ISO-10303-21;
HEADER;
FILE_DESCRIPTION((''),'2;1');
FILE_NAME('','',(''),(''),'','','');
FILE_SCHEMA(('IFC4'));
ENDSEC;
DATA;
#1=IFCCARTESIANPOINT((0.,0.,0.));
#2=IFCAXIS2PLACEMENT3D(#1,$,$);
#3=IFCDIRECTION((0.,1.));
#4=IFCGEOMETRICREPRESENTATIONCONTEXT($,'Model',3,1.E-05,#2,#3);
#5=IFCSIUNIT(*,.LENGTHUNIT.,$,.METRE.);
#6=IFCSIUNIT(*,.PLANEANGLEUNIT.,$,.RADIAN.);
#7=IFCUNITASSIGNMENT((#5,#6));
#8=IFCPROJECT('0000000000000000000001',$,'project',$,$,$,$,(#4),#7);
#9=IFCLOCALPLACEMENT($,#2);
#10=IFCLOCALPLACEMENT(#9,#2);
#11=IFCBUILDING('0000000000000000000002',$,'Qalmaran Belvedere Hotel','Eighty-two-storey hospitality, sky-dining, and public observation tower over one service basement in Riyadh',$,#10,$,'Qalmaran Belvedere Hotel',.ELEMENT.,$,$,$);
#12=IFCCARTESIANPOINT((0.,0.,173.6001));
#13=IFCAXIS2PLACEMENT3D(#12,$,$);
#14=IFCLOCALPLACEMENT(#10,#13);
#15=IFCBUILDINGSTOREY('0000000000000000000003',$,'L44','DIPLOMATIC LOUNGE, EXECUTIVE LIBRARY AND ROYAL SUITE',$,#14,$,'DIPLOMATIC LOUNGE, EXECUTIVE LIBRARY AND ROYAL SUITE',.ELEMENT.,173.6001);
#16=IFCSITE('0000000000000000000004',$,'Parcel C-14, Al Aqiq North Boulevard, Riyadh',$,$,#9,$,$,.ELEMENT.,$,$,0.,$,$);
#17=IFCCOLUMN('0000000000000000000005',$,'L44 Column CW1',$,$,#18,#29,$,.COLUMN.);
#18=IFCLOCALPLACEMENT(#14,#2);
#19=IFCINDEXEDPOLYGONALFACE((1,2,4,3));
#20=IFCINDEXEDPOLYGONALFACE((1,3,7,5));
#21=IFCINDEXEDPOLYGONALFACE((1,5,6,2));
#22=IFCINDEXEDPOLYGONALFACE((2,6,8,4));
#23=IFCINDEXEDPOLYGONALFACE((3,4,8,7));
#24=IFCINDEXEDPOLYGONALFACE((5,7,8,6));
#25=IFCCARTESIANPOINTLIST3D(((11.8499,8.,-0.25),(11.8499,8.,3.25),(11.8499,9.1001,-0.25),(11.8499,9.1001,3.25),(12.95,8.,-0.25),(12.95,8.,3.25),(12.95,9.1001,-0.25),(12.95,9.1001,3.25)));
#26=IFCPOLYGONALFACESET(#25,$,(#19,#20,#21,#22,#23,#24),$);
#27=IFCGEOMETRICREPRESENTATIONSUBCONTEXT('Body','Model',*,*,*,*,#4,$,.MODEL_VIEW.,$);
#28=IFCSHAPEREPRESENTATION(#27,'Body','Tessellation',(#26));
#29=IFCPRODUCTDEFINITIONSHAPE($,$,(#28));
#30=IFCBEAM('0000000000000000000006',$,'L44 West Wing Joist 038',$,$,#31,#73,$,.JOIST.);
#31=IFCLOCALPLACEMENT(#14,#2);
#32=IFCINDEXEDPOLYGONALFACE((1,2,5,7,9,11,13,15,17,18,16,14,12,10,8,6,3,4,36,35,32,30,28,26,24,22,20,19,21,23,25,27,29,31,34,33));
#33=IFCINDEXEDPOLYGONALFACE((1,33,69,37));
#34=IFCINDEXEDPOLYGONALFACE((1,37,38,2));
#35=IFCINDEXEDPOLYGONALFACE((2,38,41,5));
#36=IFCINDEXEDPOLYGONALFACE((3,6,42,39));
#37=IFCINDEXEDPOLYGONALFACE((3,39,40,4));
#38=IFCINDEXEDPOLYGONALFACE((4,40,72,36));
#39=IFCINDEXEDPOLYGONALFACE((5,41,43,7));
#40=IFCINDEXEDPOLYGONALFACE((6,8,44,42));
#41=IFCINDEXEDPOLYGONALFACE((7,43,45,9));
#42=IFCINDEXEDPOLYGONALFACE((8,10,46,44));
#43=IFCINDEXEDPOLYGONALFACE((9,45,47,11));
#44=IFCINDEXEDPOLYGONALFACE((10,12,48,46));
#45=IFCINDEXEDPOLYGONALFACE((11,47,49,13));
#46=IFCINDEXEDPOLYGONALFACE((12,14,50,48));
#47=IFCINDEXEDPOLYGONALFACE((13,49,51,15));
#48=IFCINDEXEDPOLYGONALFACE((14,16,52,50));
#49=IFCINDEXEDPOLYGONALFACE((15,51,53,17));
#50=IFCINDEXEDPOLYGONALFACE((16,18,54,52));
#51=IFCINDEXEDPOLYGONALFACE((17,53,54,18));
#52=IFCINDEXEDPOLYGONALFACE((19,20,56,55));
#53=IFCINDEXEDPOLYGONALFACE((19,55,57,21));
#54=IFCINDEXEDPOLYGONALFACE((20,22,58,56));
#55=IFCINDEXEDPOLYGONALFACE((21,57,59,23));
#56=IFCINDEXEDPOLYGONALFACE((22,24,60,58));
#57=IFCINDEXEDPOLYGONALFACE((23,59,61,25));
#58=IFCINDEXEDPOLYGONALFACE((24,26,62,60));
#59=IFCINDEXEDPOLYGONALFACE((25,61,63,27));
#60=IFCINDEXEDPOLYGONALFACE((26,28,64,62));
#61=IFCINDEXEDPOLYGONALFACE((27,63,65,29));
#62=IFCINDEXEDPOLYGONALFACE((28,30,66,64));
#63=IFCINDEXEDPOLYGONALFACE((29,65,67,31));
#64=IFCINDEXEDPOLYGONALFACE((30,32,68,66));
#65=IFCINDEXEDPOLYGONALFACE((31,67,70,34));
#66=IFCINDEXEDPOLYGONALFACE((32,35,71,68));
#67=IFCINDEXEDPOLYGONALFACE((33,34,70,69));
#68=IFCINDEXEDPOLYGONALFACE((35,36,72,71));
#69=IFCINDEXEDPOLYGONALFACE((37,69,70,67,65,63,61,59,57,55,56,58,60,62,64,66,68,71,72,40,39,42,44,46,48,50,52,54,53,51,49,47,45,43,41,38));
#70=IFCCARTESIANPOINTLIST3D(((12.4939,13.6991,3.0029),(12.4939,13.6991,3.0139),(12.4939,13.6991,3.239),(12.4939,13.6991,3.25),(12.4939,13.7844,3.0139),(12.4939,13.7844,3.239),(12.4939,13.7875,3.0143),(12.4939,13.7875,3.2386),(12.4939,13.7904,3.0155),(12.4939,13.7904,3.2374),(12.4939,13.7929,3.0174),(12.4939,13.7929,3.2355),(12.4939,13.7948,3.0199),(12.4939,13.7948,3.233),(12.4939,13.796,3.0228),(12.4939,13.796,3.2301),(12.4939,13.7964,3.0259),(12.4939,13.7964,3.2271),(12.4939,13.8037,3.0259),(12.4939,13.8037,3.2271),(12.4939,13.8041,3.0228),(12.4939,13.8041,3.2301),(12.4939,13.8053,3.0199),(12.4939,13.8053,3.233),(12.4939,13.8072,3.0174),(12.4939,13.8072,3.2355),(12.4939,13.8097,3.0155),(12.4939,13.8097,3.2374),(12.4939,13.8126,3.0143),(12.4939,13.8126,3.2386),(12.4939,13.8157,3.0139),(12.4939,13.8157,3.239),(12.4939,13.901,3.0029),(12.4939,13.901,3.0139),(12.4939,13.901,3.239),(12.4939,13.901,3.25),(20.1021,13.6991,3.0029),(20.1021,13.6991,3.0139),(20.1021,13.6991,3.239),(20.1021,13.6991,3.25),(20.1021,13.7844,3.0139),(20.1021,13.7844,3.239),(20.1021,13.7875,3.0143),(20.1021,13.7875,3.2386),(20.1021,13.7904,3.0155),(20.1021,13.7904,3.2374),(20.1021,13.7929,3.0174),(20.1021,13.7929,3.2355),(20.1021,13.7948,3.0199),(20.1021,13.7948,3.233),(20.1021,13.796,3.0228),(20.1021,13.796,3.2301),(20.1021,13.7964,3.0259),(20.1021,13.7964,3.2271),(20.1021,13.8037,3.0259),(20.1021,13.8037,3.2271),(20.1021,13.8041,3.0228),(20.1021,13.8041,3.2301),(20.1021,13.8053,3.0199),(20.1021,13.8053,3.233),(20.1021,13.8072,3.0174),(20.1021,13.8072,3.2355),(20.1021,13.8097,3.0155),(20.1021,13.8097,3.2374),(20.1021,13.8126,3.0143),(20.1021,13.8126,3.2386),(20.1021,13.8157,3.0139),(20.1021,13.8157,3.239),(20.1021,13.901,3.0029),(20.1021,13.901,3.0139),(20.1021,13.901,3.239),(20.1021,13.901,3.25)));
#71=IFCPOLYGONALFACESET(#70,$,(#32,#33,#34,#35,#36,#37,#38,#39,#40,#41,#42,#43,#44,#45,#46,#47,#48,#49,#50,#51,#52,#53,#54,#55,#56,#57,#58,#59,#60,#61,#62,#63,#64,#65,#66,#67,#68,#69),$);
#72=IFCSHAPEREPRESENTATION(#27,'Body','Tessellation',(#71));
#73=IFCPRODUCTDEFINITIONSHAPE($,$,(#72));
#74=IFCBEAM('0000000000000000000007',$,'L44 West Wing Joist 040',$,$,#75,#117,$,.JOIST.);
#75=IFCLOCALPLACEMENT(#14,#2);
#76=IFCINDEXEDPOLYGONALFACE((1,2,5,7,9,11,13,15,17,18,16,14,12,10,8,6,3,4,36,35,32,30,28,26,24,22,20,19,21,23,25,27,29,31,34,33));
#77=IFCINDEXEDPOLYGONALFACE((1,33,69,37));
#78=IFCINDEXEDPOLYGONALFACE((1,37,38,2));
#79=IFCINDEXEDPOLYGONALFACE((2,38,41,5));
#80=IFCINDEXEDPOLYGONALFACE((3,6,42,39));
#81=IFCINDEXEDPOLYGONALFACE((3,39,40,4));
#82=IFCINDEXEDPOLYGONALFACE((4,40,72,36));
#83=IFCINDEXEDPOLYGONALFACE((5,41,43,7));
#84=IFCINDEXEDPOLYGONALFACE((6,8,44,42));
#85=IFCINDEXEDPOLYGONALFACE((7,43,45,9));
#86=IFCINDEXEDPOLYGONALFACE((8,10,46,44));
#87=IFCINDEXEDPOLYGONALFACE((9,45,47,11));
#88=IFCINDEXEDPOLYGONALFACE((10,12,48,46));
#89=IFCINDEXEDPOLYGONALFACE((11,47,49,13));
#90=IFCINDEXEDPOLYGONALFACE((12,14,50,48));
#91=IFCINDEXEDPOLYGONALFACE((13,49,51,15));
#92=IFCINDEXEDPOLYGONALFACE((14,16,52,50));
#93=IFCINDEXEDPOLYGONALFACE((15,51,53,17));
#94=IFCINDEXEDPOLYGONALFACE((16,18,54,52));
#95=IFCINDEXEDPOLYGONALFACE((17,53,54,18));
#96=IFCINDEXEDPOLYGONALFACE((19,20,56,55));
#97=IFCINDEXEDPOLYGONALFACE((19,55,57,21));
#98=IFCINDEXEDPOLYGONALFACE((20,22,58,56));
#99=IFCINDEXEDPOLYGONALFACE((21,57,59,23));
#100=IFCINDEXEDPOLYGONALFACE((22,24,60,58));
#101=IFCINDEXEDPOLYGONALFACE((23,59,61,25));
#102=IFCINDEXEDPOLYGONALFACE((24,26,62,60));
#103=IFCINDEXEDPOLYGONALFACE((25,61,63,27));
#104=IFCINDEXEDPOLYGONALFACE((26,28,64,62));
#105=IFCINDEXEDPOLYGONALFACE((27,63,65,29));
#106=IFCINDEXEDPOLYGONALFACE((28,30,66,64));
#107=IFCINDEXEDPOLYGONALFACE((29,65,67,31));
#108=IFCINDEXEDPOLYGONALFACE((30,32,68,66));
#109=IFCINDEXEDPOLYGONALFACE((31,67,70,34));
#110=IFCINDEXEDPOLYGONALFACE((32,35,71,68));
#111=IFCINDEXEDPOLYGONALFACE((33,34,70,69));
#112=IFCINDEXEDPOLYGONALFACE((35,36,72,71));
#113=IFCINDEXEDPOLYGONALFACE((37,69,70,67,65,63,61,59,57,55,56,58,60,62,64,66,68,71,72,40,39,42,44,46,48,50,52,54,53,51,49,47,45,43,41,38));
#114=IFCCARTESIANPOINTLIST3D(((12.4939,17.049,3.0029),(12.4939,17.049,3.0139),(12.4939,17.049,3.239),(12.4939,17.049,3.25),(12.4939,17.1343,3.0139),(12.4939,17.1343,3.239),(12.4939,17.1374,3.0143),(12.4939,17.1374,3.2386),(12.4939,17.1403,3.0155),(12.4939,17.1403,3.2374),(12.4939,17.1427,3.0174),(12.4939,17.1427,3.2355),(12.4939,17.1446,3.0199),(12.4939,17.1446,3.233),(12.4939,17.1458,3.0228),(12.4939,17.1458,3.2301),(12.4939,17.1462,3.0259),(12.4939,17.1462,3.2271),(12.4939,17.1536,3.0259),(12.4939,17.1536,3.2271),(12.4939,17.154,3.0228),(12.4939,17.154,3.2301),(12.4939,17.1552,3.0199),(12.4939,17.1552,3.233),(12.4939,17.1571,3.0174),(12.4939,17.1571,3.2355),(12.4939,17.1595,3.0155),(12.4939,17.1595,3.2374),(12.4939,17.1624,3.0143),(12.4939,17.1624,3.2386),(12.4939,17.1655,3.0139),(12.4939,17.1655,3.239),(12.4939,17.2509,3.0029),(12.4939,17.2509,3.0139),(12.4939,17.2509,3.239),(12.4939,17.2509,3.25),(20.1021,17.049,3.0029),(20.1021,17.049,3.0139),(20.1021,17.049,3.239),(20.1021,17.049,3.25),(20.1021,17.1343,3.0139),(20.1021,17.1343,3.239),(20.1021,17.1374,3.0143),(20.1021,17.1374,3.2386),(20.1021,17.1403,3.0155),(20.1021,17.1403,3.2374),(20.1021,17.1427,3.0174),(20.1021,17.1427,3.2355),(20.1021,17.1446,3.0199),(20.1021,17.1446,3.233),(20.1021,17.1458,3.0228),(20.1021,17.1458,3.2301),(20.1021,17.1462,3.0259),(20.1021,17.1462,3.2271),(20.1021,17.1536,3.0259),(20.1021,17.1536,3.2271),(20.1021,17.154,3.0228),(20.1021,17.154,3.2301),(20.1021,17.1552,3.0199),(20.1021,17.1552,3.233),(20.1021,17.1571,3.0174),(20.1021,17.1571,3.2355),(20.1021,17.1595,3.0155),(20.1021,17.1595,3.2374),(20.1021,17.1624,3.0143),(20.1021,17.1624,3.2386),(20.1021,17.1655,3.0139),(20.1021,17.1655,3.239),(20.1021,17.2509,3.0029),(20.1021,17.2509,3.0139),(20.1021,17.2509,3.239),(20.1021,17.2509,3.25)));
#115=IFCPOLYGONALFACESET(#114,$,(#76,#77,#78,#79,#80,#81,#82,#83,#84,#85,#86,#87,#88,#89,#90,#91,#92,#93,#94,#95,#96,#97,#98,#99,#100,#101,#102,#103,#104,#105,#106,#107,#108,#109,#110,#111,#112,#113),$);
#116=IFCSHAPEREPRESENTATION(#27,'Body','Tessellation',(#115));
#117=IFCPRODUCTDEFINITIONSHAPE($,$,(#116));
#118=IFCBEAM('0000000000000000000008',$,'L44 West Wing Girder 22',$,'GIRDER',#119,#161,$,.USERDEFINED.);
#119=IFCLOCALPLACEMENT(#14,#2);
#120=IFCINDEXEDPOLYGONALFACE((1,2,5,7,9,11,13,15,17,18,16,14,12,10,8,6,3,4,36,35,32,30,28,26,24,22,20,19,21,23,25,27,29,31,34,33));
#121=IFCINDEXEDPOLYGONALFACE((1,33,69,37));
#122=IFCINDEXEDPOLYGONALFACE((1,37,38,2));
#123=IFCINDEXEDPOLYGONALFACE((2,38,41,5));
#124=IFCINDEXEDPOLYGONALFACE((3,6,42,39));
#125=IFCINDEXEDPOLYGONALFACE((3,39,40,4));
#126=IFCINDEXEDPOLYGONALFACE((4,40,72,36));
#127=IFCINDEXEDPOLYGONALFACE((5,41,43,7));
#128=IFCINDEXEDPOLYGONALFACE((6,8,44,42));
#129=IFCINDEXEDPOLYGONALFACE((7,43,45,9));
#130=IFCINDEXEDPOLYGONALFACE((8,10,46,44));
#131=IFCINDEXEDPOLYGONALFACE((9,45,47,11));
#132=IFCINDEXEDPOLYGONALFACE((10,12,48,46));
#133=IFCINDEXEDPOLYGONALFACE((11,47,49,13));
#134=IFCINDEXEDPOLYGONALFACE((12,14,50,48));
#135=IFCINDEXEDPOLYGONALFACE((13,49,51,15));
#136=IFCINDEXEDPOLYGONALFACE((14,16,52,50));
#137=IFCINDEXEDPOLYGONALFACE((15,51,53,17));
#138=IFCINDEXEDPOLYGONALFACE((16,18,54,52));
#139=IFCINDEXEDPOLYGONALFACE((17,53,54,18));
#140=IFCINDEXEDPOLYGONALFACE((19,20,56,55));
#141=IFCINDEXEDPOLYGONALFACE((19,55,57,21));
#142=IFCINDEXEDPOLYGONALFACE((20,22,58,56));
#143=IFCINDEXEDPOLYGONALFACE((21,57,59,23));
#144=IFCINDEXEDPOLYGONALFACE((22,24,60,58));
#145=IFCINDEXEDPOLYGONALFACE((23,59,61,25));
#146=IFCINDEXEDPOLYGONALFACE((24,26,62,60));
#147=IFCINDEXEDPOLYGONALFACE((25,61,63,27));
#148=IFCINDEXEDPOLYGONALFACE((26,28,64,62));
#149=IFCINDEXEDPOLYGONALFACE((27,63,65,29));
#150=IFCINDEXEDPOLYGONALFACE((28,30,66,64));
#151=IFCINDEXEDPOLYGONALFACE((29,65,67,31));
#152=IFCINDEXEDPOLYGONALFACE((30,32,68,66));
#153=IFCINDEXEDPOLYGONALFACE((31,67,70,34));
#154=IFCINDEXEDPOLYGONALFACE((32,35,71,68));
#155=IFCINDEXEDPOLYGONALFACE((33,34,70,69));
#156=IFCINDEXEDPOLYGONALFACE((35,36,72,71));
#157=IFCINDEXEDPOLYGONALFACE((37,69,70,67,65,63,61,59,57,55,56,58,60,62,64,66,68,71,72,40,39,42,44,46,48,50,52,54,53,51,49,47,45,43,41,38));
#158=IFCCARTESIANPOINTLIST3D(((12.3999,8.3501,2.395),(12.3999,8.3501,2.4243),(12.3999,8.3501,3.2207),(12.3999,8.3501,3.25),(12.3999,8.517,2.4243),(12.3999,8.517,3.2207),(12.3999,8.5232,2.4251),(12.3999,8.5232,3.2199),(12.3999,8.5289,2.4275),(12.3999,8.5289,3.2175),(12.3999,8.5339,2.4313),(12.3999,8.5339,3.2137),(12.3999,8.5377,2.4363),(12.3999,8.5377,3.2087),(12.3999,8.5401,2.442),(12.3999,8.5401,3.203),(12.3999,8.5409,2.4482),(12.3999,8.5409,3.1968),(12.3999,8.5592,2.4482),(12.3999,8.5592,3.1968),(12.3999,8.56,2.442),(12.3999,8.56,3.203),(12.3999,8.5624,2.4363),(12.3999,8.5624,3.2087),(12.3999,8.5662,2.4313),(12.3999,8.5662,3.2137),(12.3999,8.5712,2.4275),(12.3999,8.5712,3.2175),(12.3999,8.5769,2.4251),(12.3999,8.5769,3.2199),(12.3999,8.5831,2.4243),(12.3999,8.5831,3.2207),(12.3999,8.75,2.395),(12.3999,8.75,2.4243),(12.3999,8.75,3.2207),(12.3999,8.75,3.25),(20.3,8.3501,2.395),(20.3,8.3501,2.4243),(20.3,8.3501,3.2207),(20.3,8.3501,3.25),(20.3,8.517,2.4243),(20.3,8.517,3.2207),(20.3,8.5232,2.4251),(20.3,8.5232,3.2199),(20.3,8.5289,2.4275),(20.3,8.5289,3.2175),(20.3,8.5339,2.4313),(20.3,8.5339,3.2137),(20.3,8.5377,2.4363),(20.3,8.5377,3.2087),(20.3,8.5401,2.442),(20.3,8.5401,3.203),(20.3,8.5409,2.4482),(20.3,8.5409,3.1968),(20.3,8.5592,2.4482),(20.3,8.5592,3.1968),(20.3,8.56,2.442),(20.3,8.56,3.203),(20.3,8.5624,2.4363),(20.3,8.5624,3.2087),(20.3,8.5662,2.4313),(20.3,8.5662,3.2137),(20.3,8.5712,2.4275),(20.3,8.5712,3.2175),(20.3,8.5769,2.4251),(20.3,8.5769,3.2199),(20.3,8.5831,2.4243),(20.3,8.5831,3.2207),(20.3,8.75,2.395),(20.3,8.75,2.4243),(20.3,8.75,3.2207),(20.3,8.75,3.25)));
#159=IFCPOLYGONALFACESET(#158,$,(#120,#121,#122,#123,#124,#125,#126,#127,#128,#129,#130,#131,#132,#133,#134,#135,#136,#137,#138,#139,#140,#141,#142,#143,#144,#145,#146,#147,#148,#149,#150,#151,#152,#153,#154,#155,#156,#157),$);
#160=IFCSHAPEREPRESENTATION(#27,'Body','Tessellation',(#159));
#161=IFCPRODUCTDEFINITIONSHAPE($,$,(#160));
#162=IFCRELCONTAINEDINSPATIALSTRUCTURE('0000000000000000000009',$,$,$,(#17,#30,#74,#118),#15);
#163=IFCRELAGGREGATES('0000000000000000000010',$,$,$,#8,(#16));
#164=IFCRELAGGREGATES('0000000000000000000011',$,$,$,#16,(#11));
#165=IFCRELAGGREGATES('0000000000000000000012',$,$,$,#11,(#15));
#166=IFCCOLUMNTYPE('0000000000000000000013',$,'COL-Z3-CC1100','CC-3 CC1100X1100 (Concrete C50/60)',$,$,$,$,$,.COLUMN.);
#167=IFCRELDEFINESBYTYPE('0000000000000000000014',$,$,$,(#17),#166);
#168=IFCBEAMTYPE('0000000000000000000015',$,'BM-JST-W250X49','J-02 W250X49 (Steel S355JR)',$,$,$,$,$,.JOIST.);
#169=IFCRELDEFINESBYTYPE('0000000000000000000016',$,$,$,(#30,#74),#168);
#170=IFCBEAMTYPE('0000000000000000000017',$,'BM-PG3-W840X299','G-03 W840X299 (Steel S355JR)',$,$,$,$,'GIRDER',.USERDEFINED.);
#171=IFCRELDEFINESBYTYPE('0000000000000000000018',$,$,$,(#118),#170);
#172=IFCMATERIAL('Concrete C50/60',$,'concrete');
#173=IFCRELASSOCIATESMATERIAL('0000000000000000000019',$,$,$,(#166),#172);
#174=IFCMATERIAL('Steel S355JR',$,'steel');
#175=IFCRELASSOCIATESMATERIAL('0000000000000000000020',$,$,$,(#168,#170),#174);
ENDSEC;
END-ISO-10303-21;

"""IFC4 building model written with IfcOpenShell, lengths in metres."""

from ifc_helpers import new_model, si_unit, direction, frame, origin, origin_2d, place, context, subcontext, project, spatial, rectangle, i_section, extrude, material, material_profile, profile_set, type_object, element, save


model = new_model("IFC4")

# Units and contexts
model_context = context("Model", 3, precision=1e-05, world=origin(), true_north=direction((0.0, 1.0)))
body_context = subcontext(model_context, "Body", "Model", "MODEL_VIEW")
ifc_project = project(units=[si_unit("LENGTHUNIT", "METRE"), si_unit("PLANEANGLEUNIT", "RADIAN")], contexts=[model_context])

# Site, building, storey
site_placement = place(None, origin())
site = spatial("IfcSite", under=ifc_project, at=site_placement, Name="Parcel C-14, Al Aqiq North Boulevard, Riyadh", CompositionType="ELEMENT", RefElevation=0.0)
building_placement = place(site_placement, origin())
building = spatial("IfcBuilding", under=site, at=building_placement, Name="Qalmaran Belvedere Hotel", Description="Eighty-two-storey hospitality, sky-dining, and public observation tower over one service basement in Riyadh", LongName="Qalmaran Belvedere Hotel", CompositionType="ELEMENT")
storey_placement = place(building_placement, frame((0.0, 0.0, 173.6001)))
storey = spatial("IfcBuildingStorey", under=building, at=storey_placement, Name="L44", Description="DIPLOMATIC LOUNGE, EXECUTIVE LIBRARY AND ROYAL SUITE", LongName="DIPLOMATIC LOUNGE, EXECUTIVE LIBRARY AND ROYAL SUITE", CompositionType="ELEMENT", Elevation=173.6001)

# Column
ifc_material_1 = material(Name="Concrete C50/60", Category="concrete")
ifc_material_profile_1 = material_profile(ifc_material_1, rectangle(XDim=1.1001, YDim=1.1001, at=origin_2d()), Name="CC1100X1100")
ifc_profile_set_1 = profile_set([ifc_material_profile_1], Name="Concrete C50/60")
column_type = type_object("IfcColumnType", Name="COL-Z3-CC1100", Description="CC-3 CC1100X1100 (Concrete C50/60)", PredefinedType="COLUMN", material=ifc_profile_set_1)
column_placement = place(storey_placement, frame((12.3999, 8.55, -0.25), z_axis=(0.0, 0.0, 1.0), x_axis=(1.0, 0.0, 0.0)))
element("IfcColumn", 1, at=column_placement, inside=storey, type_object=column_type, Name="L44 Column CW1", PredefinedType="COLUMN", context=body_context, shape_type="SweptSolid", body=[
    extrude(rectangle(XDim=1.1001, YDim=1.1001, at=origin_2d()), origin(), (0.0, 0.0, 1.0), 3.5),
])

# Beams
ifc_material_2 = material(Name="Steel S355JR", Category="steel")
ifc_material_profile_2 = material_profile(ifc_material_2, i_section(OverallWidth=0.2019, OverallDepth=0.2471, WebThickness=0.0073, FlangeThickness=0.011, FilletRadius=0.012, at=origin_2d()), Name="W250X49")
ifc_profile_set_2 = profile_set([ifc_material_profile_2], Name="Steel S355JR")
beam_type_1 = type_object("IfcBeamType", Name="BM-JST-W250X49", Description="J-02 W250X49 (Steel S355JR)", PredefinedType="JOIST", material=ifc_profile_set_2)
for number, where, z_axis, x_axis, name in (
    (2, (12.4939, 13.8, 3.1265), (1.0, 0.0, 0.0), (0.0, 1.0, 0.0), "L44 West Wing Joist 038"),
    (3, (12.4939, 17.1499, 3.1265), (1.0, 0.0, 0.0), (0.0, 1.0, 0.0), "L44 West Wing Joist 040"),
):
    element("IfcBeam", number, at=place(storey_placement, frame(where, z_axis=z_axis, x_axis=x_axis)), inside=storey, type_object=beam_type_1, Name=name, PredefinedType="JOIST", context=body_context, shape_type="SweptSolid", body=[
        extrude(i_section(OverallWidth=0.2019, OverallDepth=0.2471, WebThickness=0.0073, FlangeThickness=0.011, FilletRadius=0.012, at=origin_2d()), origin(), (0.0, 0.0, 1.0), 7.6082),
    ])
ifc_material_profile_3 = material_profile(ifc_material_2, i_section(OverallWidth=0.3999, OverallDepth=0.855, WebThickness=0.0183, FlangeThickness=0.0293, FilletRadius=0.0239, at=origin_2d()), Name="W840X299")
ifc_profile_set_3 = profile_set([ifc_material_profile_3], Name="Steel S355JR")
beam_type_2 = type_object("IfcBeamType", Name="BM-PG3-W840X299", Description="G-03 W840X299 (Steel S355JR)", ElementType="GIRDER", PredefinedType="USERDEFINED", material=ifc_profile_set_3)
beam_1_placement = place(storey_placement, frame((12.3999, 8.55, 2.8225), z_axis=(1.0, 0.0, 0.0), x_axis=(0.0, 1.0, 0.0)))
element("IfcBeam", 4, at=beam_1_placement, inside=storey, type_object=beam_type_2, Name="L44 West Wing Girder 22", ObjectType="GIRDER", PredefinedType="USERDEFINED", context=body_context, shape_type="SweptSolid", body=[
    extrude(i_section(OverallWidth=0.3999, OverallDepth=0.855, WebThickness=0.0183, FlangeThickness=0.0293, FilletRadius=0.0239, at=origin_2d()), origin(), (0.0, 0.0, 1.0), 7.9001),
])

save(model, "model.ifc")
